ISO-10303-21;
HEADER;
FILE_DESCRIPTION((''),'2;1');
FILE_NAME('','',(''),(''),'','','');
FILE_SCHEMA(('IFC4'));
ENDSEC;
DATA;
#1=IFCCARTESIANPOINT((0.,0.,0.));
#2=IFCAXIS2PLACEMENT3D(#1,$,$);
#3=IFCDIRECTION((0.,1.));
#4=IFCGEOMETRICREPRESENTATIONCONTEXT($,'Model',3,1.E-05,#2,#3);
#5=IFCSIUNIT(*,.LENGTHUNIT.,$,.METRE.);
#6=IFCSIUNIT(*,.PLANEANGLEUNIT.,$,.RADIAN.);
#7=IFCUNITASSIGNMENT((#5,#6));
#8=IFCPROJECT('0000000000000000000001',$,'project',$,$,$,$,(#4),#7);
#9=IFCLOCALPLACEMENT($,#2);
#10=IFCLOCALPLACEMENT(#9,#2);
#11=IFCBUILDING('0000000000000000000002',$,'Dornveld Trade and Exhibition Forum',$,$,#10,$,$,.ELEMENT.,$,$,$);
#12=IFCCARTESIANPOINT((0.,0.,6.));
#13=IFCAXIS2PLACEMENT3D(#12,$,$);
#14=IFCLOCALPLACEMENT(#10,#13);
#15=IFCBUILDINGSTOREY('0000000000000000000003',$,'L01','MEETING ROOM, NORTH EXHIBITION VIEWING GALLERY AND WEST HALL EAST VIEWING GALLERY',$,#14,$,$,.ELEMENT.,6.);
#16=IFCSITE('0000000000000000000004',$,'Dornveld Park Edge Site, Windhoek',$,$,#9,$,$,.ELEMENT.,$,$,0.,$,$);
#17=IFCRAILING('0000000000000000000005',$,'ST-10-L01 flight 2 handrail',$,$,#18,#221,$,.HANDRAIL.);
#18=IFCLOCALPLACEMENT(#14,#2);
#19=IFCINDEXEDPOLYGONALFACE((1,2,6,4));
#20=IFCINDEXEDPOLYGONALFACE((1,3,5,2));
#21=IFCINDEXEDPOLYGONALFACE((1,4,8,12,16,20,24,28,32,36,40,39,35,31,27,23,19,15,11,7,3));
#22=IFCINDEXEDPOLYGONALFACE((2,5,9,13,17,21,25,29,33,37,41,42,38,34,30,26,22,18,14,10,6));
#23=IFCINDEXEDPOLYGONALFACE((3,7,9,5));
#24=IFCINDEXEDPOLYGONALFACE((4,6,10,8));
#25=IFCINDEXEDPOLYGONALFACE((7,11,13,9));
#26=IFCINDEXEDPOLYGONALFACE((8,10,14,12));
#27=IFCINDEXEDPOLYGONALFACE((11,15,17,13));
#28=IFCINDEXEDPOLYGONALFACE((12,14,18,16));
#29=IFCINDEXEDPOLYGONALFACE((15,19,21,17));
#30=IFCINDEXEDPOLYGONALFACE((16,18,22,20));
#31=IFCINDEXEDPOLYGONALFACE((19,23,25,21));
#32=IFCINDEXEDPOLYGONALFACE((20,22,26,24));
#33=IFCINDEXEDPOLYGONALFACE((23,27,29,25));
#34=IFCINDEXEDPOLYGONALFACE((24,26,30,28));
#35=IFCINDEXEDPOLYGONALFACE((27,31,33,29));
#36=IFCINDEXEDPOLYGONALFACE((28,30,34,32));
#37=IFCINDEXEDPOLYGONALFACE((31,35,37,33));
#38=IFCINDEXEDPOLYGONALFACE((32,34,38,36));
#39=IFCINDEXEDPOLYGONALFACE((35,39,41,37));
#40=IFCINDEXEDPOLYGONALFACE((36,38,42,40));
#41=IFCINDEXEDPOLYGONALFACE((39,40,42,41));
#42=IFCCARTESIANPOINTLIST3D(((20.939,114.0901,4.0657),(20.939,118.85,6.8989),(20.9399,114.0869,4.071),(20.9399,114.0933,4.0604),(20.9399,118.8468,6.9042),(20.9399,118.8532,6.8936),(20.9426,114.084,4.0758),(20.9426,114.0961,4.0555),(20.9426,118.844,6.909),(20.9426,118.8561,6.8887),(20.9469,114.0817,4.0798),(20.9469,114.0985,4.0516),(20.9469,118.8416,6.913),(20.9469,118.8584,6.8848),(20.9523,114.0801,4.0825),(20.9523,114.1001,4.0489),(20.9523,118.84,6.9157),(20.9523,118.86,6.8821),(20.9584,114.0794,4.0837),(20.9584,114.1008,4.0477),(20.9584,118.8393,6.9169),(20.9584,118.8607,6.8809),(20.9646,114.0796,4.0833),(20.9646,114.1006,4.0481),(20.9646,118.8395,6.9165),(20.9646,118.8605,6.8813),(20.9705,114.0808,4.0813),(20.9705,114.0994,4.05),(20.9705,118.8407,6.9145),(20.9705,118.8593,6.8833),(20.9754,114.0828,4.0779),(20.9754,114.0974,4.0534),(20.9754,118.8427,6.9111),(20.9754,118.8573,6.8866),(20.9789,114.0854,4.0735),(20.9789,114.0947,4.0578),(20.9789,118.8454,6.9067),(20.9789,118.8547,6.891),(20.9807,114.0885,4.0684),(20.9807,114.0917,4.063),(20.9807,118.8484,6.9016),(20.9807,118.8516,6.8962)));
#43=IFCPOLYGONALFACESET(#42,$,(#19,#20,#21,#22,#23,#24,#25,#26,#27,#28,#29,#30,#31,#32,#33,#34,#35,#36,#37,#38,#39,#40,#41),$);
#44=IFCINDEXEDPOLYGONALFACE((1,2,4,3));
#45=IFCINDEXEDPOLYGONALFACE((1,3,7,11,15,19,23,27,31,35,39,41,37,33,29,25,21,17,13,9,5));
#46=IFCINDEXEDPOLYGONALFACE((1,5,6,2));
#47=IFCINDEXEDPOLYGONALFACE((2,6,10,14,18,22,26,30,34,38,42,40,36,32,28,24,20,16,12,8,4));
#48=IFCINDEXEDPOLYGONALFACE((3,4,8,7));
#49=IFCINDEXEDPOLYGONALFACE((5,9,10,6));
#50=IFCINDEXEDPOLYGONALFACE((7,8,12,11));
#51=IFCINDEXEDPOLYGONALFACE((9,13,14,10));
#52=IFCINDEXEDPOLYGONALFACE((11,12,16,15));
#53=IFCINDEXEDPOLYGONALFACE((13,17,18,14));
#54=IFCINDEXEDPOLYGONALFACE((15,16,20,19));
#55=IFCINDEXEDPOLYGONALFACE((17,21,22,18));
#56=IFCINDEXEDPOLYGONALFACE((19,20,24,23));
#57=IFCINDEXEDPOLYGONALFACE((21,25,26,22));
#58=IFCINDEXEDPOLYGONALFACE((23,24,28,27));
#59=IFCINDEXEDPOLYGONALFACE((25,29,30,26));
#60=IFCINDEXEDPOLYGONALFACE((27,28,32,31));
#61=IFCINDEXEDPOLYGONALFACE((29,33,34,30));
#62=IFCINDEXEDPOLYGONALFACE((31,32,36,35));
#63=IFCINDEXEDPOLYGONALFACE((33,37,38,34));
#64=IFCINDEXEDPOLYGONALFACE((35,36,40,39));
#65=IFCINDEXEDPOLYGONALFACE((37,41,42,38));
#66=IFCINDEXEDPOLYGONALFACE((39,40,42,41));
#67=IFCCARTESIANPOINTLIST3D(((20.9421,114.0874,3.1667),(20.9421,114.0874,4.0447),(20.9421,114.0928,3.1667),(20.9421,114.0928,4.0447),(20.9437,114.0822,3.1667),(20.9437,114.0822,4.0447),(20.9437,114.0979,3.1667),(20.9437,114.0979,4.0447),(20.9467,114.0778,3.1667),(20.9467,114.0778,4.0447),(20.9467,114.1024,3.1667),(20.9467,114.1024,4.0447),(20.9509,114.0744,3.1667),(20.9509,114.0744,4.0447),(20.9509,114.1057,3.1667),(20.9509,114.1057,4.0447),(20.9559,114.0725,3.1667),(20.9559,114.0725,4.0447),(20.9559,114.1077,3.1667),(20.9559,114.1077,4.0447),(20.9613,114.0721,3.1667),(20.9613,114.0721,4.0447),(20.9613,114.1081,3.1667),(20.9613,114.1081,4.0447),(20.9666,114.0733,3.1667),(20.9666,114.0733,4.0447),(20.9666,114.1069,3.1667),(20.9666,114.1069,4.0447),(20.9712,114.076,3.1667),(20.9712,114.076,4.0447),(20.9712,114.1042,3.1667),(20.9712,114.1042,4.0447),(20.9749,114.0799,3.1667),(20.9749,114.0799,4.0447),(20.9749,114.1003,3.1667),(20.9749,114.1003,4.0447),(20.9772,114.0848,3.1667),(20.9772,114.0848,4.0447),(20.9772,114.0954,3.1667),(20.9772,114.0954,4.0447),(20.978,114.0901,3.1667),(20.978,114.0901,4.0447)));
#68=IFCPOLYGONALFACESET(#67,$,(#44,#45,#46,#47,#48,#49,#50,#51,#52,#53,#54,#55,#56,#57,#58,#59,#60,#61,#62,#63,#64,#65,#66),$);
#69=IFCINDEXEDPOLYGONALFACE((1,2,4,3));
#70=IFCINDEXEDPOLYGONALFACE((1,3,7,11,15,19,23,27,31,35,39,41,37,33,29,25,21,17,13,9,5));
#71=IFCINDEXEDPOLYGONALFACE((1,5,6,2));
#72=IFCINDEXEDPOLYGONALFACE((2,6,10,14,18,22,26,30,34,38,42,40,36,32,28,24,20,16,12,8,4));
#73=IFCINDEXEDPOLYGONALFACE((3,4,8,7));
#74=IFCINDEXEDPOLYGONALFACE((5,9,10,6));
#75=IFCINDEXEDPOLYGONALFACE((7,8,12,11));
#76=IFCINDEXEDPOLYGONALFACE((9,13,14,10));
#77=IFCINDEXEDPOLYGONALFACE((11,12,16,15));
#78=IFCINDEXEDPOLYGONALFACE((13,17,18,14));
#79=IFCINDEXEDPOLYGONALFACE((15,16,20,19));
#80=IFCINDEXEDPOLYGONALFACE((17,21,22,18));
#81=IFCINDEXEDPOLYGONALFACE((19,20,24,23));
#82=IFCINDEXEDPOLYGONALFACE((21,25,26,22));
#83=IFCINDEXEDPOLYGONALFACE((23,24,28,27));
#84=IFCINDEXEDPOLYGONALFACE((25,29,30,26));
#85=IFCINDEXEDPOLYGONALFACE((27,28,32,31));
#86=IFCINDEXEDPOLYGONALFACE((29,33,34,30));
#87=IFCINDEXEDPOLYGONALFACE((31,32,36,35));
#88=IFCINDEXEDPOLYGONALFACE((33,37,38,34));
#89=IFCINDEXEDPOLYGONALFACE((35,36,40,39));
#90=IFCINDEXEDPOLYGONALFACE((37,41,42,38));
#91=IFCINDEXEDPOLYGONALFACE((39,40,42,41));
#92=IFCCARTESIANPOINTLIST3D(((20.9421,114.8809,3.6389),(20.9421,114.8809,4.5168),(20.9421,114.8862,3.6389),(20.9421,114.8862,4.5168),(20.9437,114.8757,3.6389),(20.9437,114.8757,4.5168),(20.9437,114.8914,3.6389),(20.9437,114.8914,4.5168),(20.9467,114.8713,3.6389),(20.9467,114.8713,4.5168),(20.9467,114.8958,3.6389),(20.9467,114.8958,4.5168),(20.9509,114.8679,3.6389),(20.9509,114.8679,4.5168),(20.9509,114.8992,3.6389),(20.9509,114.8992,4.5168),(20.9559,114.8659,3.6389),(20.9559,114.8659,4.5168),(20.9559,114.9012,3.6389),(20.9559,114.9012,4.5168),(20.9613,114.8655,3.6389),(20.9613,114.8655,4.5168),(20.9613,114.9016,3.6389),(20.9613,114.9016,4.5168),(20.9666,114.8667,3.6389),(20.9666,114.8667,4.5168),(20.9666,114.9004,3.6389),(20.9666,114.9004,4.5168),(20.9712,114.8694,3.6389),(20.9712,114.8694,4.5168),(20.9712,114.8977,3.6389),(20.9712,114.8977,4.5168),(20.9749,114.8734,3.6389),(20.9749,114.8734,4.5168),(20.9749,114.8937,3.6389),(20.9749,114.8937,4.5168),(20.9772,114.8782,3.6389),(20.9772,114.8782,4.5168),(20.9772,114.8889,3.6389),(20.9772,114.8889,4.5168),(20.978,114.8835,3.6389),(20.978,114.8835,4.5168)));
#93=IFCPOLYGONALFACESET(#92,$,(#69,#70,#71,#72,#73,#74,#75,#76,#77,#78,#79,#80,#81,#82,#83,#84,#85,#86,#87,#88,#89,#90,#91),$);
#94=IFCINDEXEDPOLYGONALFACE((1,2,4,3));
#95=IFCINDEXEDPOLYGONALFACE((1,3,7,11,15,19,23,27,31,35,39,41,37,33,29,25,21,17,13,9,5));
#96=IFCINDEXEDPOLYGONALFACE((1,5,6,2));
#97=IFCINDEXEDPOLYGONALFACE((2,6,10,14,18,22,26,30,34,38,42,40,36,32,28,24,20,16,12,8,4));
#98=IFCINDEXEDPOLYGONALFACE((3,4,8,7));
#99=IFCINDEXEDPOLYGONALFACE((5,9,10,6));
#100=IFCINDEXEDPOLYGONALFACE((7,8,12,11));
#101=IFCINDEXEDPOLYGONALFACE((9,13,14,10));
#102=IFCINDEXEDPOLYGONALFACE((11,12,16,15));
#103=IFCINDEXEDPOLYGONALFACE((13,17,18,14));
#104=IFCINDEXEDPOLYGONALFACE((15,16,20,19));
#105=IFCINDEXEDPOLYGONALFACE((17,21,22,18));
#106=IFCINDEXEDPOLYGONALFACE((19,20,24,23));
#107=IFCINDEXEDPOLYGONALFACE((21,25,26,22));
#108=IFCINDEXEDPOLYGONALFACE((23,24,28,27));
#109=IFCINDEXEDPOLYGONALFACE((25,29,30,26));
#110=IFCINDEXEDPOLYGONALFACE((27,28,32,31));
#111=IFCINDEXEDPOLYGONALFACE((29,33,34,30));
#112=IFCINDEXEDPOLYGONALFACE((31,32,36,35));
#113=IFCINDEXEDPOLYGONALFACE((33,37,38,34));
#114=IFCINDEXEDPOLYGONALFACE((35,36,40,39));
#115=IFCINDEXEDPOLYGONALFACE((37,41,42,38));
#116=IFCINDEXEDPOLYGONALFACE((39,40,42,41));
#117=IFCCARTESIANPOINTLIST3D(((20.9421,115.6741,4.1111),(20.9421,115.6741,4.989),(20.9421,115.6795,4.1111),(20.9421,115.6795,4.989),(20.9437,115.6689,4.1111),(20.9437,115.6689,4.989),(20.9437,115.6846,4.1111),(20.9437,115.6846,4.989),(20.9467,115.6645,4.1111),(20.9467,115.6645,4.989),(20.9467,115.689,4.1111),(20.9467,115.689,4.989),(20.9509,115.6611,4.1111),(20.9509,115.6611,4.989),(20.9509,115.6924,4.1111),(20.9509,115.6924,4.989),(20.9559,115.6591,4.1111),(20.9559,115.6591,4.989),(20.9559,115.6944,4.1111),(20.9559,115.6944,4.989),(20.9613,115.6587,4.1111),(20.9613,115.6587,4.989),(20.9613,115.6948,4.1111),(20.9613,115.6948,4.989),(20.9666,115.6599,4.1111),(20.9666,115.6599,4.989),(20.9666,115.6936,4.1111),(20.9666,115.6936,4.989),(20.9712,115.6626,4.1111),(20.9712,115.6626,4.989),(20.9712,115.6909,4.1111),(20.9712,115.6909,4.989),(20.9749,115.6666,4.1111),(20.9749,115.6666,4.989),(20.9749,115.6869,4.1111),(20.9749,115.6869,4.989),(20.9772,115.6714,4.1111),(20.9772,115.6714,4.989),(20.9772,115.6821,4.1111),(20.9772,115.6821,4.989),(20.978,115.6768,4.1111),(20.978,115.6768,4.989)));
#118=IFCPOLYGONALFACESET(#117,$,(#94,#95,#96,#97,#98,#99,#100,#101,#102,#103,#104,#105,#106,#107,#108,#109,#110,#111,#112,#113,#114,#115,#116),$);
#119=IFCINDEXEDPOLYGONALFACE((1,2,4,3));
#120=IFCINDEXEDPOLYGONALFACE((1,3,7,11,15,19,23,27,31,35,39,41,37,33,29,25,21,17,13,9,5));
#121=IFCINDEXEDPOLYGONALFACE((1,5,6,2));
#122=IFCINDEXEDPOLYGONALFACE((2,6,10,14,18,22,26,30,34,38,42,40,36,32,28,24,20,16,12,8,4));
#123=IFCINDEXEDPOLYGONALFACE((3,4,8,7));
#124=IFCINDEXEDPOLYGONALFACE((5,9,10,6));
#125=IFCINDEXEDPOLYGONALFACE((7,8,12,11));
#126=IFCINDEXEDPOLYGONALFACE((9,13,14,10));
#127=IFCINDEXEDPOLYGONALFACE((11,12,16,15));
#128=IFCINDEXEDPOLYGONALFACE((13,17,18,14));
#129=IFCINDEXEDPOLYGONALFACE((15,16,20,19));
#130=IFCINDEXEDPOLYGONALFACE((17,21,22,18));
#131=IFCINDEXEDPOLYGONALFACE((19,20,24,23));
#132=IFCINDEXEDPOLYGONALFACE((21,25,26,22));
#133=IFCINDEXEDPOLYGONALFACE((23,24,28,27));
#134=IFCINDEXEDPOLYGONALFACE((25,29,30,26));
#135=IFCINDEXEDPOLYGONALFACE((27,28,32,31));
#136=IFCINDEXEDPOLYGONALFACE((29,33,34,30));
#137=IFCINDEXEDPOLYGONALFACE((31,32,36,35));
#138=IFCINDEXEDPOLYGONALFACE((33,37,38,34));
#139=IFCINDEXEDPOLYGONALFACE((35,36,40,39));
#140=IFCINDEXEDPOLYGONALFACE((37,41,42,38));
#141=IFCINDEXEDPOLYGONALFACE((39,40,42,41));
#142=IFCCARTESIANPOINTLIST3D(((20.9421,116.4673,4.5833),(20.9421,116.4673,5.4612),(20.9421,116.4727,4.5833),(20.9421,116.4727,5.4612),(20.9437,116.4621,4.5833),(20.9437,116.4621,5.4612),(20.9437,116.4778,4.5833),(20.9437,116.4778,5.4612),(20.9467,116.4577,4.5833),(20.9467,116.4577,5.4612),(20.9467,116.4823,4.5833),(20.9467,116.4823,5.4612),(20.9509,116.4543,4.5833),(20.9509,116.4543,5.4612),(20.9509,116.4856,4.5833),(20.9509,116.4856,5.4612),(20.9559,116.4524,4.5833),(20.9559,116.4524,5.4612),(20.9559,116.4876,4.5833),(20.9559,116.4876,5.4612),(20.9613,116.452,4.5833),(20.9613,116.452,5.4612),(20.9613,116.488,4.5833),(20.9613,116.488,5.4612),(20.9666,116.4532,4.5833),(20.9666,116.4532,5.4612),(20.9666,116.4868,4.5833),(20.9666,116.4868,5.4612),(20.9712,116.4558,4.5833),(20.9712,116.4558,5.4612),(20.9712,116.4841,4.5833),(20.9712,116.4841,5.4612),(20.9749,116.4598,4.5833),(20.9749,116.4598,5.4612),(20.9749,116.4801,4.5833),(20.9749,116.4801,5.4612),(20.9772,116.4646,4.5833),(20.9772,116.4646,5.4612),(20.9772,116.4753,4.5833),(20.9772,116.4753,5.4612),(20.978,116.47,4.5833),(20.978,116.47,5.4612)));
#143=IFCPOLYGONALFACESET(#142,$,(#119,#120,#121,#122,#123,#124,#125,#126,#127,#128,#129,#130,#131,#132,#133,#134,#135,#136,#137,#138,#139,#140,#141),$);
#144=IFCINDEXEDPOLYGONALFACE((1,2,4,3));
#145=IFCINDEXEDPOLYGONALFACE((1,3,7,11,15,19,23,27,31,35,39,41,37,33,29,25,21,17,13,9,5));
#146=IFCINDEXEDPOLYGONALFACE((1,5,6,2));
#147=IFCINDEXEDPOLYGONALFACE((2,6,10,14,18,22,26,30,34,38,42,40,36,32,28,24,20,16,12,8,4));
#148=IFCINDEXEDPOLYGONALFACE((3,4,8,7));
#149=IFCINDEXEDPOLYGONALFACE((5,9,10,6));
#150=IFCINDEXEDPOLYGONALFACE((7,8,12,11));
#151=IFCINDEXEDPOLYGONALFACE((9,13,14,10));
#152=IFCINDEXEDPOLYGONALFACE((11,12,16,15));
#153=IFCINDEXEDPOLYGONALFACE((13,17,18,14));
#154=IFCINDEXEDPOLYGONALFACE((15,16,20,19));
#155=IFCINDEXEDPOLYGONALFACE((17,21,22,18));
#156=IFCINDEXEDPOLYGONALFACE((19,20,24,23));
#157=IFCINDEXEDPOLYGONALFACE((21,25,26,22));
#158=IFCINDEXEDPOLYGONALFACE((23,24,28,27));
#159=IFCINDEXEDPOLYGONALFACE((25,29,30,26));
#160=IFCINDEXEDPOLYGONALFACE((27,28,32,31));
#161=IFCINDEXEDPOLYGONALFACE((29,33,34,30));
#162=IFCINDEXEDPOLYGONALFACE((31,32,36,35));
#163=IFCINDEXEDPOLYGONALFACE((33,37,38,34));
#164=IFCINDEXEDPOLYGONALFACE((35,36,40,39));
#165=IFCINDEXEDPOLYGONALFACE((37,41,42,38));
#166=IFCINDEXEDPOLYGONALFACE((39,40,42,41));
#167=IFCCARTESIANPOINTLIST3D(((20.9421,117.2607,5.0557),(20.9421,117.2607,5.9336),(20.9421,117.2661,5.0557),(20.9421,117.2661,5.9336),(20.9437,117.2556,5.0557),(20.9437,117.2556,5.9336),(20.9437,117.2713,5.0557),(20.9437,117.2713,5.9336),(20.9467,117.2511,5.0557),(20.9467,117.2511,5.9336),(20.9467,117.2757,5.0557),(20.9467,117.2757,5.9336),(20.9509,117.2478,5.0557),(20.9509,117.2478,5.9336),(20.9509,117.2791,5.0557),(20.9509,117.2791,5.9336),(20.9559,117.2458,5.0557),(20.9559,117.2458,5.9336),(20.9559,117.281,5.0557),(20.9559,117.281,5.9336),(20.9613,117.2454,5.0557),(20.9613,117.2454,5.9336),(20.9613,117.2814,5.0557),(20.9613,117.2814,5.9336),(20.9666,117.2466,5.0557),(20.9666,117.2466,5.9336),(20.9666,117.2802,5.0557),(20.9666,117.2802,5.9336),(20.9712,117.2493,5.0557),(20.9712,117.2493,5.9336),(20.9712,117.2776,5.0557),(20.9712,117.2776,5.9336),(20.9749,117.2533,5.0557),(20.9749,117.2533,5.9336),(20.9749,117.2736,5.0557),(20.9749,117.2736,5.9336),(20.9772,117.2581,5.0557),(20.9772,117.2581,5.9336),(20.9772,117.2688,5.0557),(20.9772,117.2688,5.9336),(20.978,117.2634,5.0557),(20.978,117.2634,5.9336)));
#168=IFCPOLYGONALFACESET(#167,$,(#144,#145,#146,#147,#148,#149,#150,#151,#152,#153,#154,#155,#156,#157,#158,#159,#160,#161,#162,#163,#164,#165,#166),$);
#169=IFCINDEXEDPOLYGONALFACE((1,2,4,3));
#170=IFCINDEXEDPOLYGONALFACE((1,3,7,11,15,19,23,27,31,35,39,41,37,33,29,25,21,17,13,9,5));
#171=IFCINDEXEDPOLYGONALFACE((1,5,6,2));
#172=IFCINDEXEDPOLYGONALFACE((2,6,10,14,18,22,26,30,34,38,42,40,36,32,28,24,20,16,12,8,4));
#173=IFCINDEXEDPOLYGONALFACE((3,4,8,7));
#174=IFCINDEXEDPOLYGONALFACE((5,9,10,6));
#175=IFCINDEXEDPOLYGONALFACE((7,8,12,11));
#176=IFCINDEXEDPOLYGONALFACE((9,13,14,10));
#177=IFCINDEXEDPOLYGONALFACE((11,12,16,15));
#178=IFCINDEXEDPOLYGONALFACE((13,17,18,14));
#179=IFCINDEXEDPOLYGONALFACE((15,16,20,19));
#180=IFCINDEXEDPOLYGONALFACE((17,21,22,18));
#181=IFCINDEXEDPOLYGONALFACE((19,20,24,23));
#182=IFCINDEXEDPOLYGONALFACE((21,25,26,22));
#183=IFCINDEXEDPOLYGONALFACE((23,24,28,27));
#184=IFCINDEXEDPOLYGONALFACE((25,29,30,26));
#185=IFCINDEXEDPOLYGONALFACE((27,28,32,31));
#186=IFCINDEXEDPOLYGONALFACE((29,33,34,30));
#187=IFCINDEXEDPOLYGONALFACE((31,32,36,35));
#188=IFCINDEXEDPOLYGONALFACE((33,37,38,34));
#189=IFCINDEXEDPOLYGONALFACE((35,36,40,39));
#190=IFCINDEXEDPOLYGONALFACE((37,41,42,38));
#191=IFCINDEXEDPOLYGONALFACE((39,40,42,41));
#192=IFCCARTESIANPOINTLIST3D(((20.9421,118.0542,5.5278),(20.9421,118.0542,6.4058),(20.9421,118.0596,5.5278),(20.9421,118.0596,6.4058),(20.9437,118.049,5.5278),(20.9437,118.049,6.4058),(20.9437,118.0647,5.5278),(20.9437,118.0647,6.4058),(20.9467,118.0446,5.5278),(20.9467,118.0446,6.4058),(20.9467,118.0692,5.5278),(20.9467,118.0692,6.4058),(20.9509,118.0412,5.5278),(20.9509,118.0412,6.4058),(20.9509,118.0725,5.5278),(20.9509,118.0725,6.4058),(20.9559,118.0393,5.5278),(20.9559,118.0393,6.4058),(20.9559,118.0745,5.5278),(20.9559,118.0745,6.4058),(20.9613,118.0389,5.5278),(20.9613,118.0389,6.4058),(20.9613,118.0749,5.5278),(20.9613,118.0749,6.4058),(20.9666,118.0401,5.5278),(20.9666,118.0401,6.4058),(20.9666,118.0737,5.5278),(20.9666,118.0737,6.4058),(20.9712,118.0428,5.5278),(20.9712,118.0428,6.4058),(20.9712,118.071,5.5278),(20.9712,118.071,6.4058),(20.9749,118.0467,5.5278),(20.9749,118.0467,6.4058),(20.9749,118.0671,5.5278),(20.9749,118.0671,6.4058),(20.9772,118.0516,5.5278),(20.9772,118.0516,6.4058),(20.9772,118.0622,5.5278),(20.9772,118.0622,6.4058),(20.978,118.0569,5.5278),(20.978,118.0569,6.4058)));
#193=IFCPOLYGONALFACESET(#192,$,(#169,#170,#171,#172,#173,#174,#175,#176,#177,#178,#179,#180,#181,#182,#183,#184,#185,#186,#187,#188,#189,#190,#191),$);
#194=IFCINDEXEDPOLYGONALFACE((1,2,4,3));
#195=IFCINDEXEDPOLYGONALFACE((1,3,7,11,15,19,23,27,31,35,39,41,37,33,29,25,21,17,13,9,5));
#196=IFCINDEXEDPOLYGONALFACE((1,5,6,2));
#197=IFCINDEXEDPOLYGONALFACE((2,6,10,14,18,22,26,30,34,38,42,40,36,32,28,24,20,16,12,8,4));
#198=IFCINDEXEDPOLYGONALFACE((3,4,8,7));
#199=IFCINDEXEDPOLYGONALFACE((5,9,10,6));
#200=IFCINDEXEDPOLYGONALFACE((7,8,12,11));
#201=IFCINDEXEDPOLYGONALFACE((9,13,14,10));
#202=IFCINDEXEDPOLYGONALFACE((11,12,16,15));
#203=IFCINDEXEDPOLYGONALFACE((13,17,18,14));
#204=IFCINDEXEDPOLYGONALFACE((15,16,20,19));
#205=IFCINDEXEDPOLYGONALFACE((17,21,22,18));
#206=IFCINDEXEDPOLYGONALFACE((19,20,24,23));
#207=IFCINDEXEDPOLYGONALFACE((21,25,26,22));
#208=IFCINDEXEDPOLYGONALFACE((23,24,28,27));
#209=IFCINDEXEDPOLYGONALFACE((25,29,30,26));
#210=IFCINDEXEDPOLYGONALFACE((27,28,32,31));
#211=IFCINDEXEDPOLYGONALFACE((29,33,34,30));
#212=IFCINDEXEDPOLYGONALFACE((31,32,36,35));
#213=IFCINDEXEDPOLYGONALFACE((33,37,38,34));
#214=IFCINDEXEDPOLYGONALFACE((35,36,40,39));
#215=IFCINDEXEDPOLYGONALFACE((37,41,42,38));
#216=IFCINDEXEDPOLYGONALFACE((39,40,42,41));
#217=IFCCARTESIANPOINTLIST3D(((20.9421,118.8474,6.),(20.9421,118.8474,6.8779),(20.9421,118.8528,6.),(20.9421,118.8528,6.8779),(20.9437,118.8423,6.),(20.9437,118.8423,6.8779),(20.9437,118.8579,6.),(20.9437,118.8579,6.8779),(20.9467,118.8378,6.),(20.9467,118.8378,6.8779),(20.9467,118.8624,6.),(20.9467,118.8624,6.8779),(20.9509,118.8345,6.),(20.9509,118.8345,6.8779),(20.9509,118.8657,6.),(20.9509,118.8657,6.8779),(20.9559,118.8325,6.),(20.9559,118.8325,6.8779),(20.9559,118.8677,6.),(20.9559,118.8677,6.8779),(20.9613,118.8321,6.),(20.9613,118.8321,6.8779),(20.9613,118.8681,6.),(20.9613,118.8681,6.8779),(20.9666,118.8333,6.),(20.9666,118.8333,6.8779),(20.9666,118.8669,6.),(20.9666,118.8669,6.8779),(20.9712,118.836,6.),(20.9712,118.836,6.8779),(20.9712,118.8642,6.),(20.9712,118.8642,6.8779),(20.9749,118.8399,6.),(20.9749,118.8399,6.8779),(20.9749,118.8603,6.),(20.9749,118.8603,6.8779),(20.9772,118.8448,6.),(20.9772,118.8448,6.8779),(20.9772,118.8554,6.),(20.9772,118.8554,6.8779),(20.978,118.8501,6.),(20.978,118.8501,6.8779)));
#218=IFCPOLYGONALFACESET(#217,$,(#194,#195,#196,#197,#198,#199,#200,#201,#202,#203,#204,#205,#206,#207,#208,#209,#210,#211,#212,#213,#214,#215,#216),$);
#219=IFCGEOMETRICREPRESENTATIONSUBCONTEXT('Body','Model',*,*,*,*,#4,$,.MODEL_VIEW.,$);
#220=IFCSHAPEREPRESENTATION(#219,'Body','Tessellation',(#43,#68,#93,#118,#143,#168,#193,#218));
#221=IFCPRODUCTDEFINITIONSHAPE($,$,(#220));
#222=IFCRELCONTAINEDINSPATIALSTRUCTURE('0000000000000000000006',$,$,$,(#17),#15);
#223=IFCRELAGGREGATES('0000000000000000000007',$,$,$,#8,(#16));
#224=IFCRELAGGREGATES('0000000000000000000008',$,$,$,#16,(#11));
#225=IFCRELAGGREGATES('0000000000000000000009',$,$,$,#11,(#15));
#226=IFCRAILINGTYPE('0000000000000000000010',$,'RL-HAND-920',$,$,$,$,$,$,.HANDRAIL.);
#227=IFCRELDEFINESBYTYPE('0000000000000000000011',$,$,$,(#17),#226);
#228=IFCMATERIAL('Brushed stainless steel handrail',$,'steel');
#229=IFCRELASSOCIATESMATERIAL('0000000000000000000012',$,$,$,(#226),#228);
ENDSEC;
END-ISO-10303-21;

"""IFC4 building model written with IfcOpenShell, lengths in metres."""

from ifc_helpers import new_model, si_unit, direction, frame, origin, origin_2d, place, context, subcontext, project, spatial, circle, extrude, material, type_object, element, save


model = new_model("IFC4")

# Units and contexts
model_context = context("Model", 3, precision=1e-05, world=origin(), true_north=direction((0.0, 1.0)))
body_context = subcontext(model_context, "Body", "Model", "MODEL_VIEW")
ifc_project = project(units=[si_unit("LENGTHUNIT", "METRE"), si_unit("PLANEANGLEUNIT", "RADIAN")], contexts=[model_context])

# Site, building, storey
site_placement = place(None, origin())
site = spatial("IfcSite", under=ifc_project, at=site_placement, Name="Dornveld Park Edge Site, Windhoek", CompositionType="ELEMENT", RefElevation=0.0)
building_placement = place(site_placement, origin())
building = spatial("IfcBuilding", under=site, at=building_placement, Name="Dornveld Trade and Exhibition Forum", CompositionType="ELEMENT")
storey_placement = place(building_placement, frame((0.0, 0.0, 6.0)))
storey = spatial("IfcBuildingStorey", under=building, at=storey_placement, Name="L01", Description="MEETING ROOM, NORTH EXHIBITION VIEWING GALLERY AND WEST HALL EAST VIEWING GALLERY", CompositionType="ELEMENT", Elevation=6.0)

# Railing
ifc_material_1 = material(Name="Brushed stainless steel handrail", Category="steel")
railing_type_1 = type_object("IfcRailingType", Name="RL-HAND-920", PredefinedType="HANDRAIL", material=ifc_material_1)
railing_1_placement = place(storey_placement, frame((20.96, 114.0901, 3.1667)))
element("IfcRailing", 1, at=railing_1_placement, inside=storey, type_object=railing_type_1, Name="ST-10-L01 flight 2 handrail", PredefinedType="HANDRAIL", context=body_context, shape_type="SweptSolid", body=[
    extrude(circle(Radius=0.021, at=origin_2d()), frame((0.0, 0.0, 0.8989), z_axis=(0.0, 0.8593, 0.511472), x_axis=(-1.0, 0.0, 0.0)), (0.0, 0.0, 1.0), 5.5393),
    extrude(circle(Radius=0.0181, at=origin_2d()), origin(), (0.0, 0.0, 1.0), 0.8779),
    extrude(circle(Radius=0.0181, at=origin_2d()), frame((0.0, 0.7935, 0.4722)), (0.0, 0.0, 1.0), 0.8779),
    extrude(circle(Radius=0.0181, at=origin_2d()), frame((0.0, 1.5867, 0.9443)), (0.0, 0.0, 1.0), 0.8779),
    extrude(circle(Radius=0.0181, at=origin_2d()), frame((0.0, 2.3799, 1.4165)), (0.0, 0.0, 1.0), 0.8779),
    extrude(circle(Radius=0.0181, at=origin_2d()), frame((0.0, 3.1733, 1.8889)), (0.0, 0.0, 1.0), 0.8779),
    extrude(circle(Radius=0.0181, at=origin_2d()), frame((0.0, 3.9668, 2.3611)), (0.0, 0.0, 1.0), 0.8779),
    extrude(circle(Radius=0.0181, at=origin_2d()), frame((0.0, 4.76, 2.8333)), (0.0, 0.0, 1.0), 0.8779),
])

save(model, "model.ifc")
